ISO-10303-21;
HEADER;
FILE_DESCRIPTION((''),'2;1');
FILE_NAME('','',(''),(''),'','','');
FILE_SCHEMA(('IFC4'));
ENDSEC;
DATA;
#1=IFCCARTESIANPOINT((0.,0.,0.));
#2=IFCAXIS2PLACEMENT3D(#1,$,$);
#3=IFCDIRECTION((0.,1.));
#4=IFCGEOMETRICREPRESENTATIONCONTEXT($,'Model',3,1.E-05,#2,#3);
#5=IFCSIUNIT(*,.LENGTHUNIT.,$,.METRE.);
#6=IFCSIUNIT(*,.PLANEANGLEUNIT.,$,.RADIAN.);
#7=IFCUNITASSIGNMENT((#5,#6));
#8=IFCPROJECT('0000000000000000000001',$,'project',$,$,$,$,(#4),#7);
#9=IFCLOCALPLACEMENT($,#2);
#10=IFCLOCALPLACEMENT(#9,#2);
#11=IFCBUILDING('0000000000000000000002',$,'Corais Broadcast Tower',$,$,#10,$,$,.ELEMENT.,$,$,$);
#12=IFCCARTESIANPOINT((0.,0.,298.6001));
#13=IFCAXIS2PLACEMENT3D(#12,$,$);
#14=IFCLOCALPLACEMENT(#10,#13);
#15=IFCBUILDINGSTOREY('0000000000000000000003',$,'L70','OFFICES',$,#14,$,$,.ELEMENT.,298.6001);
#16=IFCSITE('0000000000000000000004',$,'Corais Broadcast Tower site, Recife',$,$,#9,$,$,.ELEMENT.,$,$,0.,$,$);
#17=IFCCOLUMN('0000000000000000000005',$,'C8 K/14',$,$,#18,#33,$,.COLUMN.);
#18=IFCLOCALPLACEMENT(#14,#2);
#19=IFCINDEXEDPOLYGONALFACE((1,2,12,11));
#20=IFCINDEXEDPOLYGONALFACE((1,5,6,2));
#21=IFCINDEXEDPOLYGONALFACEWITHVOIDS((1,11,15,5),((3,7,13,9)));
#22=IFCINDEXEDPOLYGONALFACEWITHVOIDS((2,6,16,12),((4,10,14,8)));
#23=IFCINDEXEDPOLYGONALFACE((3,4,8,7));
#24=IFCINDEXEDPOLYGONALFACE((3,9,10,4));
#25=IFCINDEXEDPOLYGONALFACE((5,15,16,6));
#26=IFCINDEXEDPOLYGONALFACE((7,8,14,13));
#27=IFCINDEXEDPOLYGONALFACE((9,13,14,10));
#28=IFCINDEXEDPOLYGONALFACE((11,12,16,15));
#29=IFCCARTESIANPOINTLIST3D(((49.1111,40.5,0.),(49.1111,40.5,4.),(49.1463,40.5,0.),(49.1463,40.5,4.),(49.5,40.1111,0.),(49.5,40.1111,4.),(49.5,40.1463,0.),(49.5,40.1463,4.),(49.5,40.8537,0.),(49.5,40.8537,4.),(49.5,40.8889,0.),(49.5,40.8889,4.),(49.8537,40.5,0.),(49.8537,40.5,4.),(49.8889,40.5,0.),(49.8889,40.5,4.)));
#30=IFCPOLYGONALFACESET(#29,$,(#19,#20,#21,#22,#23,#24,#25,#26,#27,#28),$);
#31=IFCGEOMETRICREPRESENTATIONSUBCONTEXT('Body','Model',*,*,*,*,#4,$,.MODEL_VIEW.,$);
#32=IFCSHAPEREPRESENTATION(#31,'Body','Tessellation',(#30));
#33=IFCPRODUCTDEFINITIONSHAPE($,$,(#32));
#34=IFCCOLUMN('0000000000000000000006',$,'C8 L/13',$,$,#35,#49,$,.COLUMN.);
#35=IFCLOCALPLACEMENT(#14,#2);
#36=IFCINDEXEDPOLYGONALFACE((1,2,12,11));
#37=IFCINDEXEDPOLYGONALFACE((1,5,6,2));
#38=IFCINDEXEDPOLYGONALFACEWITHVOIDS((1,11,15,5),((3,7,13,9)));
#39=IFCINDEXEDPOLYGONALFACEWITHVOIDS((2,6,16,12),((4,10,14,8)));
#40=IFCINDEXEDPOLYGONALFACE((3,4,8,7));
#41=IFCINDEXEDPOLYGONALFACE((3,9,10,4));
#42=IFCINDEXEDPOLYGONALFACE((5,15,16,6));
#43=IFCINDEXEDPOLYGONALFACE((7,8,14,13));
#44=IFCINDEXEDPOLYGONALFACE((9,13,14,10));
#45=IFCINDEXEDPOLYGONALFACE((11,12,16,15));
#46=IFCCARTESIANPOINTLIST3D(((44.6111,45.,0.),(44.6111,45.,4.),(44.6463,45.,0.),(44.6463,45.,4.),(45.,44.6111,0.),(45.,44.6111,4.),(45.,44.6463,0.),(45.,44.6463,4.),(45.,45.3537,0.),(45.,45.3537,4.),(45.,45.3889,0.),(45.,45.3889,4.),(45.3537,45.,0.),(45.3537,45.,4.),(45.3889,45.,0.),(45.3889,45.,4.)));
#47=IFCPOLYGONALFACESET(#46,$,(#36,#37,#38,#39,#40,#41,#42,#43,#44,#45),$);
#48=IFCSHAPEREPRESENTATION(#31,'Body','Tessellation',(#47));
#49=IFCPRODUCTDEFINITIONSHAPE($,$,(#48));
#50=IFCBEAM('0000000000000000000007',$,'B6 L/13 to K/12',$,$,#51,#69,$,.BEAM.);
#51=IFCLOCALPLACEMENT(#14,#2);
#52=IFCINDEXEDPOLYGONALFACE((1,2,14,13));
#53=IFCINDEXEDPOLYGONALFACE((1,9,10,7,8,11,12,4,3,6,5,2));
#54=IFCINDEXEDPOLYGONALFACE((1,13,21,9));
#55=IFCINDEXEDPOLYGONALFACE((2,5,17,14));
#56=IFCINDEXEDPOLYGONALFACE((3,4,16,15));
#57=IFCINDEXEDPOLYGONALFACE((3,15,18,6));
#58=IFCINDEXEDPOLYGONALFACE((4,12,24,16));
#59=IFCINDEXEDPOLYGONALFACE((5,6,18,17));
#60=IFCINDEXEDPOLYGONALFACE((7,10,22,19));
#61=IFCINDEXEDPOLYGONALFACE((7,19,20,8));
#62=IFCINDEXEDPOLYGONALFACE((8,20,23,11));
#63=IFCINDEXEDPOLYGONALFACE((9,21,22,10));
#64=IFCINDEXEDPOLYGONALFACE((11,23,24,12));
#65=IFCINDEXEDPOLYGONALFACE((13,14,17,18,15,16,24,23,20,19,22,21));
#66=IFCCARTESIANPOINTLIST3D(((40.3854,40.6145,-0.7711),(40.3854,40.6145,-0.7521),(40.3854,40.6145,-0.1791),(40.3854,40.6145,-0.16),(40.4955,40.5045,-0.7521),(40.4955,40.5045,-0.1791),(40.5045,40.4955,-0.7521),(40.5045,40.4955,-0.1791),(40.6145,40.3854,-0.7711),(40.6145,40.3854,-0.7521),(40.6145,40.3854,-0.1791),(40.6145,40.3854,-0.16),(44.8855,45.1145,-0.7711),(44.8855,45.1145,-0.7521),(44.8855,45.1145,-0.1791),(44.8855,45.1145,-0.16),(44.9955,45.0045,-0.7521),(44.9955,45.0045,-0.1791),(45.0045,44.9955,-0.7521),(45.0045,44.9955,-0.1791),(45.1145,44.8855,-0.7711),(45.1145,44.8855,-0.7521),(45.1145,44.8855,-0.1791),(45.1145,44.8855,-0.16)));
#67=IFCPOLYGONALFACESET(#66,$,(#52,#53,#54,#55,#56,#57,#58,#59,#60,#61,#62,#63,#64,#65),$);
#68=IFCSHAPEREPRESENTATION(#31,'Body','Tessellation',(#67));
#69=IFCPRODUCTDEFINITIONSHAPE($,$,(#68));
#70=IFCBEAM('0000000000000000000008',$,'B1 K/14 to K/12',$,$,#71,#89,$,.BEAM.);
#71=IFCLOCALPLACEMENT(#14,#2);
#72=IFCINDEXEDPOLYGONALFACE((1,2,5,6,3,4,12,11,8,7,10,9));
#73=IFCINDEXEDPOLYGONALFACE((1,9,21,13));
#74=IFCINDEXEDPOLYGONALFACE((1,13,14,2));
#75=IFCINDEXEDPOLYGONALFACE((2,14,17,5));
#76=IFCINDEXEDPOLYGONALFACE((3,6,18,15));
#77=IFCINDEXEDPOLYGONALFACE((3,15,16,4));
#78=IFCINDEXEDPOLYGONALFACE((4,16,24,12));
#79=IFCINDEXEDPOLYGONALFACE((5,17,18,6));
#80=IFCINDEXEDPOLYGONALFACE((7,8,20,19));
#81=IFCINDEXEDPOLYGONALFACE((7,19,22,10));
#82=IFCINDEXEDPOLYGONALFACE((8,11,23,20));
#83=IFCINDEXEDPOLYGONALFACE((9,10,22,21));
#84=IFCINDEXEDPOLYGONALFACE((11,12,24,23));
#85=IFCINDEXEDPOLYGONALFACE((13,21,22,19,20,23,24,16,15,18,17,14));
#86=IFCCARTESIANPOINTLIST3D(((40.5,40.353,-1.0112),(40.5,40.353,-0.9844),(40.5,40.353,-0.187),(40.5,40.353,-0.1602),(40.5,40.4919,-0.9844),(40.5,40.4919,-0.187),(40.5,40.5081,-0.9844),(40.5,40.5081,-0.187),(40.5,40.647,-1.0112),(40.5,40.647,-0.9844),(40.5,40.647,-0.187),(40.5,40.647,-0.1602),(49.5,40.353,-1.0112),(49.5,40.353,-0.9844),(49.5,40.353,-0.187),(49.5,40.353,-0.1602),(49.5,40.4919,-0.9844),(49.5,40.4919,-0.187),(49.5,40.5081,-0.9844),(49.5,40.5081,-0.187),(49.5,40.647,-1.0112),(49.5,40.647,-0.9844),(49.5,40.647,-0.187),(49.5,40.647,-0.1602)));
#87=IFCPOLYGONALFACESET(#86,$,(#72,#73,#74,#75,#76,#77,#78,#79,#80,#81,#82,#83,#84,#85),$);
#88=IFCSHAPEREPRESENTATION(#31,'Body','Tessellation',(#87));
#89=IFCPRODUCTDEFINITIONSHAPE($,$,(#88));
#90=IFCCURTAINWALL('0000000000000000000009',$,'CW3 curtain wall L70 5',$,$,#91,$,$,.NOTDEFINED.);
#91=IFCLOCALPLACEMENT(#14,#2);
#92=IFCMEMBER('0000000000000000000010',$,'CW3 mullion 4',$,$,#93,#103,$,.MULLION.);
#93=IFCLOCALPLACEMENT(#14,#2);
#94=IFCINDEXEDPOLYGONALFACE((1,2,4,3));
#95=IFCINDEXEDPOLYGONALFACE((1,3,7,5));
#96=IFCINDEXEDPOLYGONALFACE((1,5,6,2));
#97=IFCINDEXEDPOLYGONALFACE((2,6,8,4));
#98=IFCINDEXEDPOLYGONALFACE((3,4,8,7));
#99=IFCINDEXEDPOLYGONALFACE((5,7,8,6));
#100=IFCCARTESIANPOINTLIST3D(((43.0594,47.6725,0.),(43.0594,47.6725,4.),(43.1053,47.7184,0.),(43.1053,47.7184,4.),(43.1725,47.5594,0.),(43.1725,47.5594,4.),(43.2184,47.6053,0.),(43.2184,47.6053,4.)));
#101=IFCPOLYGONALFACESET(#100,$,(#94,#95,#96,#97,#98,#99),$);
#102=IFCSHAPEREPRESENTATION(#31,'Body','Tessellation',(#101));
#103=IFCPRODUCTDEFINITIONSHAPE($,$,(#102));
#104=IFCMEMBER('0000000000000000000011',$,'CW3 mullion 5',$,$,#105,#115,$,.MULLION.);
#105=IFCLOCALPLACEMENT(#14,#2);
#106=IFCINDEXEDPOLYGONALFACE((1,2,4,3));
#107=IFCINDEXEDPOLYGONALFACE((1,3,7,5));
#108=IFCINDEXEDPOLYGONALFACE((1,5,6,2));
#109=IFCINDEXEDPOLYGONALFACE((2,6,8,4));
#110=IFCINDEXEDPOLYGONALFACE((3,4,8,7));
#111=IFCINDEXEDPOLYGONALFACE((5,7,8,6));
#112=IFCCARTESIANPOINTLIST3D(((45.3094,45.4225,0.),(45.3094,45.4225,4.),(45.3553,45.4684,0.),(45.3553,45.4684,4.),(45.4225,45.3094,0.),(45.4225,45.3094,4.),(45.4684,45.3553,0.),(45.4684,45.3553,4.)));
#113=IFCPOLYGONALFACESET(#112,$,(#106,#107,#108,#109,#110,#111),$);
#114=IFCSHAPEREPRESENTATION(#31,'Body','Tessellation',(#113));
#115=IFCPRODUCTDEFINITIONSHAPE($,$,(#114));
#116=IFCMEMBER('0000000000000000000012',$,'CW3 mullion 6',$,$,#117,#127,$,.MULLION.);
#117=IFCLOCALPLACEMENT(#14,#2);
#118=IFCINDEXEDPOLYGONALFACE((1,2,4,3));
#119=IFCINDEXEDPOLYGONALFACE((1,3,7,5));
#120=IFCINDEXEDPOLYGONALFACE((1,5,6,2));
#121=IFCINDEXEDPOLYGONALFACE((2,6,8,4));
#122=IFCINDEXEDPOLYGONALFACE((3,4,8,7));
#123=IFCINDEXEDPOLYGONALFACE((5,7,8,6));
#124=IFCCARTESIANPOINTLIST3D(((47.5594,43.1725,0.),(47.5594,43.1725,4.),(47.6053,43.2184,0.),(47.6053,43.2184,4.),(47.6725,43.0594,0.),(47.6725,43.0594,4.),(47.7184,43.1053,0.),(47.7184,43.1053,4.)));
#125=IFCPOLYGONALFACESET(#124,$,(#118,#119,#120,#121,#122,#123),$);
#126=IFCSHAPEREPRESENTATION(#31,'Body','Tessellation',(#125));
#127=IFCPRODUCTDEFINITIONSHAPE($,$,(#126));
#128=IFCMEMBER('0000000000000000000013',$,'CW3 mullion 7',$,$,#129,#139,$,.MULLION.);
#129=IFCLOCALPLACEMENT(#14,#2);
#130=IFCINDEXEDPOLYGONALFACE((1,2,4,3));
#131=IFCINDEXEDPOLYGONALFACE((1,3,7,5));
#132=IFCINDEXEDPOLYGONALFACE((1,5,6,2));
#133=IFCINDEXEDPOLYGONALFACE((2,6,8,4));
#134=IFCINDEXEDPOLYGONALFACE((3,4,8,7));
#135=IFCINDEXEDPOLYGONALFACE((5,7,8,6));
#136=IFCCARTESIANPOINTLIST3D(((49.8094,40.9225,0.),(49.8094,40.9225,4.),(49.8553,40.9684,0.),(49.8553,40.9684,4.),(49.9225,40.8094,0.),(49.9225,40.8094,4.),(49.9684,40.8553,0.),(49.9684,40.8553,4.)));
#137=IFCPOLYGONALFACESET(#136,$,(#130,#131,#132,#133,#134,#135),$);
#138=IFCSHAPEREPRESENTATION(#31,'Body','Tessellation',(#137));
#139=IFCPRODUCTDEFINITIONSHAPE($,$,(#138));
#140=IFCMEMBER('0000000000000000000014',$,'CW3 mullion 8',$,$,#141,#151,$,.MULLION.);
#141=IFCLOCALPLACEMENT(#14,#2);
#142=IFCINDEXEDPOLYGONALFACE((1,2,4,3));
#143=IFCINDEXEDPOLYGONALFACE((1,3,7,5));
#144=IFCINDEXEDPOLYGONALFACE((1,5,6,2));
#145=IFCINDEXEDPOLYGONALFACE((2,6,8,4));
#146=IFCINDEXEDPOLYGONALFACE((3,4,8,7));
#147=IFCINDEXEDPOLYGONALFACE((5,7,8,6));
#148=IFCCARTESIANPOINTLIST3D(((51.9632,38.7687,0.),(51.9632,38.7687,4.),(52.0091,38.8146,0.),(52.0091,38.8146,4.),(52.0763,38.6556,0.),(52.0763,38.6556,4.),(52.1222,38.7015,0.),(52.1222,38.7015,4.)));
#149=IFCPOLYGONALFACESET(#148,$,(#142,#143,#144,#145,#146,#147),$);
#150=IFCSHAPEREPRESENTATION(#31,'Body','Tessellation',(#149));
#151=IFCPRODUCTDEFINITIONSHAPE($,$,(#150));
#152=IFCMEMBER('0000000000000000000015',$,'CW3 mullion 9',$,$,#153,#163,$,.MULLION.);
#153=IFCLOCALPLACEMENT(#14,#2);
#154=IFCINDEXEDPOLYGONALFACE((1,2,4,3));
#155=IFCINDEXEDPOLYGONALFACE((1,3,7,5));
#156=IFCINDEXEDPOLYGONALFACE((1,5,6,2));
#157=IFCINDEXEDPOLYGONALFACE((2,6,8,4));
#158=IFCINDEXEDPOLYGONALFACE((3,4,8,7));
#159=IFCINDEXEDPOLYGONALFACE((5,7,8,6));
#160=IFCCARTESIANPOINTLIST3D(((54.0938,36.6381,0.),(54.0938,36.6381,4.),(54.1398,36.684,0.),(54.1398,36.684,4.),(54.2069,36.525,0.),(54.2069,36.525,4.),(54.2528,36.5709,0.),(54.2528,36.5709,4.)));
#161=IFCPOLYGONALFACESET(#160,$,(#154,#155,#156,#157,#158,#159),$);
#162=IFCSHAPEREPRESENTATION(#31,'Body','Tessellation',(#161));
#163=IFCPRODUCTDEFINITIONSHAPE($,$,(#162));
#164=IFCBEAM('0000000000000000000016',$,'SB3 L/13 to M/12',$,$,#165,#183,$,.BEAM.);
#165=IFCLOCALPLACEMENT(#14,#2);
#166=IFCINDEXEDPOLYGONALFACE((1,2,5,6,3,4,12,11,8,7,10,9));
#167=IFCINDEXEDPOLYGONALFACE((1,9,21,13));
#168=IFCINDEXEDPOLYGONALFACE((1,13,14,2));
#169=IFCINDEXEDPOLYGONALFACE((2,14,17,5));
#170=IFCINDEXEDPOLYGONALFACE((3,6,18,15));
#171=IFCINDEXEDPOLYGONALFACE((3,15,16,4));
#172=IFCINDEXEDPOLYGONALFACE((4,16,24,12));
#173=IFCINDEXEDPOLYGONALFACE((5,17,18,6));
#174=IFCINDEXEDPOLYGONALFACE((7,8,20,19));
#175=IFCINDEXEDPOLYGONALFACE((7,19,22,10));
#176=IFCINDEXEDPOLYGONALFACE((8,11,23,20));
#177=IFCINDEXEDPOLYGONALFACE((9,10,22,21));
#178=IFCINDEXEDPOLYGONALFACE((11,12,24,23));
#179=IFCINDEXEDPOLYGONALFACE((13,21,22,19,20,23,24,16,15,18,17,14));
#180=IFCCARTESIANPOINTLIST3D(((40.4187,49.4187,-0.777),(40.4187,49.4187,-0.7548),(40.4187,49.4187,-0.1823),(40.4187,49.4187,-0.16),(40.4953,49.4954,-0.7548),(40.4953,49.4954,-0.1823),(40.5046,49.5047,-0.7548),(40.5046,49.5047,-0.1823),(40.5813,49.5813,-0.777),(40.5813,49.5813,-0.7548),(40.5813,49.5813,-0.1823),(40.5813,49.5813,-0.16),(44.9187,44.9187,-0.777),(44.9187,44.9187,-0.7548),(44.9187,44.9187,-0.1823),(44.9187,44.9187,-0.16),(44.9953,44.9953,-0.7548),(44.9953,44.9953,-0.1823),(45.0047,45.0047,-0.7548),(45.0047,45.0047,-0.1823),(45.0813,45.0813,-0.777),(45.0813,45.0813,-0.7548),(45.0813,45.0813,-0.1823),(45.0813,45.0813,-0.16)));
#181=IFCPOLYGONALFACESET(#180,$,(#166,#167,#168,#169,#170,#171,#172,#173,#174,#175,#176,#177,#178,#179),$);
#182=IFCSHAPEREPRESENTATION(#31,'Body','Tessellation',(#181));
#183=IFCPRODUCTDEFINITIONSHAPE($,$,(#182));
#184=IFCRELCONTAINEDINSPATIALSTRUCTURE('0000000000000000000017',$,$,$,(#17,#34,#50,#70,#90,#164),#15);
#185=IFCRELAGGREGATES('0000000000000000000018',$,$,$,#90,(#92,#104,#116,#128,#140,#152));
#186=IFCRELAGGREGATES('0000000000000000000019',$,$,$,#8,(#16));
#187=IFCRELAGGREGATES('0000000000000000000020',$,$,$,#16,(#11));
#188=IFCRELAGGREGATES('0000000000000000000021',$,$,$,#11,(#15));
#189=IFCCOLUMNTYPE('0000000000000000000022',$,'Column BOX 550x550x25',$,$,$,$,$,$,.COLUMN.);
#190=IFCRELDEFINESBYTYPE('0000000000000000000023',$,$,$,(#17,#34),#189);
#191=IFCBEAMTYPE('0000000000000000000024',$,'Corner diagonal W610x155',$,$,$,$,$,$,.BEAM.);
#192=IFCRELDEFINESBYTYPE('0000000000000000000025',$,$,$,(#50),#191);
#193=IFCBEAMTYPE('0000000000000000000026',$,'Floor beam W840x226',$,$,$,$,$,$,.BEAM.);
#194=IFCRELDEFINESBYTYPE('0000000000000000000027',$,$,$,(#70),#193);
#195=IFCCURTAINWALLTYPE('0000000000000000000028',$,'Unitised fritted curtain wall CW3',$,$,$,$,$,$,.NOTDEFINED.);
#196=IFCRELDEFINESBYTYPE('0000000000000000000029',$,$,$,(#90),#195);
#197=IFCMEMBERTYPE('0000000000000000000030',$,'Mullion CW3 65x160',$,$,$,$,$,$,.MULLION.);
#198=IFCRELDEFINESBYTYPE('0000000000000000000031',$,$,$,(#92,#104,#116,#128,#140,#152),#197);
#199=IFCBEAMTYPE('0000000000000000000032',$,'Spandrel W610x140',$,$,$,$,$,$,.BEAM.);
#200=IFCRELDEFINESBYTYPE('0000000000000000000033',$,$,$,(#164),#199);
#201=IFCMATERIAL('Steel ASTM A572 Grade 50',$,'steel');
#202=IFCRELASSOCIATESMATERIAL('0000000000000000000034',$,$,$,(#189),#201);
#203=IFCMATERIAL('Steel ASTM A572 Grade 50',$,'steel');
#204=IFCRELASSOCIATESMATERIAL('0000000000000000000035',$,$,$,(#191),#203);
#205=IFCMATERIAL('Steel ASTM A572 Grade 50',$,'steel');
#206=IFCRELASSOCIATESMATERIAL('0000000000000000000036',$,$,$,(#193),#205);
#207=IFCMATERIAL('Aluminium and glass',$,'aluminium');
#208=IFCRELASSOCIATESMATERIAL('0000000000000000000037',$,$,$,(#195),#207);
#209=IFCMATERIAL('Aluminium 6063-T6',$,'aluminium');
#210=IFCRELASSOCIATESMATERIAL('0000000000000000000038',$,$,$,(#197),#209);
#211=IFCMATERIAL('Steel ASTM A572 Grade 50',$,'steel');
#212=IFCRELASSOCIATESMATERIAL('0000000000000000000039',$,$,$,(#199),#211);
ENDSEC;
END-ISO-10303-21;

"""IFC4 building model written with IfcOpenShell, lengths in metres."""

from ifc_helpers import new_model, si_unit, direction, frame, origin, origin_2d, place, context, subcontext, project, spatial, rectangle, hollow_rectangle, i_section, extrude, material, material_profile, profile_set, type_object, element, aggregate, save


model = new_model("IFC4")

# Units and contexts
model_context = context("Model", 3, precision=1e-05, world=origin(), true_north=direction((0.0, 1.0)))
body_context = subcontext(model_context, "Body", "Model", "MODEL_VIEW")
ifc_project = project(units=[si_unit("LENGTHUNIT", "METRE"), si_unit("PLANEANGLEUNIT", "RADIAN")], contexts=[model_context])

# Site, building, storey
site_placement = place(None, origin())
site = spatial("IfcSite", under=ifc_project, at=site_placement, Name="Corais Broadcast Tower site, Recife", CompositionType="ELEMENT", RefElevation=0.0)
building_placement = place(site_placement, origin())
building = spatial("IfcBuilding", under=site, at=building_placement, Name="Corais Broadcast Tower", CompositionType="ELEMENT")
storey_placement = place(building_placement, frame((0.0, 0.0, 298.6001)))
storey = spatial("IfcBuildingStorey", under=building, at=storey_placement, Name="L70", Description="OFFICES", CompositionType="ELEMENT", Elevation=298.6001)

# Columns
ifc_material_1 = material(Name="Steel ASTM A572 Grade 50", Category="steel")
ifc_material_profile_1 = material_profile(ifc_material_1, hollow_rectangle(XDim=0.55, YDim=0.55, WallThickness=0.0249, at=origin_2d()), Name="BOX 550x550x25")
ifc_profile_set_1 = profile_set([ifc_material_profile_1], Name="Steel ASTM A572 Grade 50")
column_type = type_object("IfcColumnType", Name="Column BOX 550x550x25", PredefinedType="COLUMN", material=ifc_profile_set_1)
for number, where, z_axis, x_axis, name in (
    (1, (49.5, 40.5, 0.0), (0.0, 0.0, 1.0), (0.707107, 0.707107, 0.0), "C8 K/14"),
    (2, (45.0, 45.0, 0.0), (0.0, 0.0, 1.0), (0.707107, 0.707107, 0.0), "C8 L/13"),
):
    element("IfcColumn", number, at=place(storey_placement, frame(where, z_axis=z_axis, x_axis=x_axis)), inside=storey, type_object=column_type, Name=name, PredefinedType="COLUMN", context=body_context, shape_type="SweptSolid", body=[
        extrude(hollow_rectangle(XDim=0.55, YDim=0.55, WallThickness=0.0249, at=origin_2d()), origin(), (0.0, 0.0, 1.0), 4.0),
    ])

# Beams
ifc_material_2 = material(Name="Steel ASTM A572 Grade 50", Category="steel")
ifc_material_profile_2 = material_profile(ifc_material_2, i_section(OverallWidth=0.324, OverallDepth=0.6111, WebThickness=0.0127, FlangeThickness=0.019, at=origin_2d()), Name="W610x155")
ifc_profile_set_2 = profile_set([ifc_material_profile_2], Name="Steel ASTM A572 Grade 50")
beam_type_1 = type_object("IfcBeamType", Name="Corner diagonal W610x155", PredefinedType="BEAM", material=ifc_profile_set_2)
beam_1_placement = place(storey_placement, frame((45.0, 45.0, -0.4656), z_axis=(-0.707107, -0.707107, 0.0), x_axis=(0.707107, -0.707107, 0.0)))
element("IfcBeam", 3, at=beam_1_placement, inside=storey, type_object=beam_type_1, Name="B6 L/13 to K/12", PredefinedType="BEAM", context=body_context, shape_type="SweptSolid", body=[
    extrude(i_section(OverallWidth=0.324, OverallDepth=0.6111, WebThickness=0.0127, FlangeThickness=0.019, at=origin_2d()), origin(), (0.0, 0.0, 1.0), 6.364),
])
ifc_material_3 = material(Name="Steel ASTM A572 Grade 50", Category="steel")
ifc_material_profile_3 = material_profile(ifc_material_3, i_section(OverallWidth=0.2939, OverallDepth=0.8511, WebThickness=0.0161, FlangeThickness=0.0269, at=origin_2d()), Name="W840x226")
ifc_profile_set_3 = profile_set([ifc_material_profile_3], Name="Steel ASTM A572 Grade 50")
beam_type_2 = type_object("IfcBeamType", Name="Floor beam W840x226", PredefinedType="BEAM", material=ifc_profile_set_3)
beam_2_placement = place(storey_placement, frame((49.5, 40.5, -0.5857), z_axis=(-1.0, 0.0, 0.0), x_axis=(0.0, -1.0, 0.0)))
element("IfcBeam", 4, at=beam_2_placement, inside=storey, type_object=beam_type_2, Name="B1 K/14 to K/12", PredefinedType="BEAM", context=body_context, shape_type="SweptSolid", body=[
    extrude(i_section(OverallWidth=0.2939, OverallDepth=0.8511, WebThickness=0.0161, FlangeThickness=0.0269, at=origin_2d()), origin(), (0.0, 0.0, 1.0), 9.0),
])

# Curtain wall, members
ifc_material_4 = material(Name="Aluminium and glass", Category="aluminium")
curtain_wall_type = type_object("IfcCurtainWallType", Name="Unitised fritted curtain wall CW3", PredefinedType="NOTDEFINED", material=ifc_material_4)
curtain_wall_placement = place(storey_placement, origin())
curtain_wall = element("IfcCurtainWall", 5, at=curtain_wall_placement, inside=storey, type_object=curtain_wall_type, Name="CW3 curtain wall L70 5", PredefinedType="NOTDEFINED")
ifc_material_5 = material(Name="Aluminium 6063-T6", Category="aluminium")
ifc_material_profile_4 = material_profile(ifc_material_5, rectangle(XDim=0.0649, YDim=0.1599, at=origin_2d()), Name="Mullion CW3 65x160")
ifc_profile_set_4 = profile_set([ifc_material_profile_4], Name="Aluminium 6063-T6")
member_type_1 = type_object("IfcMemberType", Name="Mullion CW3 65x160", PredefinedType="MULLION", material=ifc_profile_set_4)
member_1_placement = place(storey_placement, frame((43.1389, 47.6389, 0.0), z_axis=(0.0, 0.0, 1.0), x_axis=(0.707107, 0.707107, 0.0)))
member_1 = element("IfcMember", 6, at=member_1_placement, type_object=member_type_1, Name="CW3 mullion 4", PredefinedType="MULLION", context=body_context, shape_type="SweptSolid", body=[
    extrude(rectangle(XDim=0.0649, YDim=0.1599, at=origin_2d()), origin(), (0.0, 0.0, 1.0), 4.0),
])
member_2_placement = place(storey_placement, frame((45.3889, 45.3889, 0.0), z_axis=(0.0, 0.0, 1.0), x_axis=(0.707107, 0.707107, 0.0)))
member_2 = element("IfcMember", 7, at=member_2_placement, type_object=member_type_1, Name="CW3 mullion 5", PredefinedType="MULLION", context=body_context, shape_type="SweptSolid", body=[
    extrude(rectangle(XDim=0.0649, YDim=0.1599, at=origin_2d()), origin(), (0.0, 0.0, 1.0), 4.0),
])
member_3_placement = place(storey_placement, frame((47.6389, 43.1389, 0.0), z_axis=(0.0, 0.0, 1.0), x_axis=(0.707107, 0.707107, 0.0)))
member_3 = element("IfcMember", 8, at=member_3_placement, type_object=member_type_1, Name="CW3 mullion 6", PredefinedType="MULLION", context=body_context, shape_type="SweptSolid", body=[
    extrude(rectangle(XDim=0.0649, YDim=0.1599, at=origin_2d()), origin(), (0.0, 0.0, 1.0), 4.0),
])
member_4_placement = place(storey_placement, frame((49.8889, 40.8889, 0.0), z_axis=(0.0, 0.0, 1.0), x_axis=(0.707107, 0.707107, 0.0)))
member_4 = element("IfcMember", 9, at=member_4_placement, type_object=member_type_1, Name="CW3 mullion 7", PredefinedType="MULLION", context=body_context, shape_type="SweptSolid", body=[
    extrude(rectangle(XDim=0.0649, YDim=0.1599, at=origin_2d()), origin(), (0.0, 0.0, 1.0), 4.0),
])
member_5_placement = place(storey_placement, frame((52.0427, 38.7351, 0.0), z_axis=(0.0, 0.0, 1.0), x_axis=(0.707107, 0.707107, 0.0)))
member_5 = element("IfcMember", 10, at=member_5_placement, type_object=member_type_1, Name="CW3 mullion 8", PredefinedType="MULLION", context=body_context, shape_type="SweptSolid", body=[
    extrude(rectangle(XDim=0.0649, YDim=0.1599, at=origin_2d()), origin(), (0.0, 0.0, 1.0), 4.0),
])
member_6_placement = place(storey_placement, frame((54.1733, 36.6045, 0.0), z_axis=(0.0, 0.0, 1.0), x_axis=(0.707107, 0.707107, 0.0)))
member_6 = element("IfcMember", 11, at=member_6_placement, type_object=member_type_1, Name="CW3 mullion 9", PredefinedType="MULLION", context=body_context, shape_type="SweptSolid", body=[
    extrude(rectangle(XDim=0.0649, YDim=0.1599, at=origin_2d()), origin(), (0.0, 0.0, 1.0), 4.0),
])

# Beam
ifc_material_6 = material(Name="Steel ASTM A572 Grade 50", Category="steel")
ifc_material_profile_5 = material_profile(ifc_material_6, i_section(OverallWidth=0.23, OverallDepth=0.6169, WebThickness=0.0132, FlangeThickness=0.0222, at=origin_2d()), Name="W610x140")
ifc_profile_set_5 = profile_set([ifc_material_profile_5], Name="Steel ASTM A572 Grade 50")
beam_type_3 = type_object("IfcBeamType", Name="Spandrel W610x140", PredefinedType="BEAM", material=ifc_profile_set_5)
for number, where, z_axis, x_axis, name in (
    (12, (45.0, 45.0, -0.4685), (-0.707107, 0.707107, 0.0), (-0.707107, -0.707107, 0.0), "SB3 L/13 to M/12"),
):
    element("IfcBeam", number, at=place(storey_placement, frame(where, z_axis=z_axis, x_axis=x_axis)), inside=storey, type_object=beam_type_3, Name=name, PredefinedType="BEAM", context=body_context, shape_type="SweptSolid", body=[
        extrude(i_section(OverallWidth=0.23, OverallDepth=0.6169, WebThickness=0.0132, FlangeThickness=0.0222, at=origin_2d()), origin(), (0.0, 0.0, 1.0), 6.364),
    ])

aggregate(curtain_wall, [member_1, member_2, member_3, member_4, member_5, member_6])

save(model, "model.ifc")
